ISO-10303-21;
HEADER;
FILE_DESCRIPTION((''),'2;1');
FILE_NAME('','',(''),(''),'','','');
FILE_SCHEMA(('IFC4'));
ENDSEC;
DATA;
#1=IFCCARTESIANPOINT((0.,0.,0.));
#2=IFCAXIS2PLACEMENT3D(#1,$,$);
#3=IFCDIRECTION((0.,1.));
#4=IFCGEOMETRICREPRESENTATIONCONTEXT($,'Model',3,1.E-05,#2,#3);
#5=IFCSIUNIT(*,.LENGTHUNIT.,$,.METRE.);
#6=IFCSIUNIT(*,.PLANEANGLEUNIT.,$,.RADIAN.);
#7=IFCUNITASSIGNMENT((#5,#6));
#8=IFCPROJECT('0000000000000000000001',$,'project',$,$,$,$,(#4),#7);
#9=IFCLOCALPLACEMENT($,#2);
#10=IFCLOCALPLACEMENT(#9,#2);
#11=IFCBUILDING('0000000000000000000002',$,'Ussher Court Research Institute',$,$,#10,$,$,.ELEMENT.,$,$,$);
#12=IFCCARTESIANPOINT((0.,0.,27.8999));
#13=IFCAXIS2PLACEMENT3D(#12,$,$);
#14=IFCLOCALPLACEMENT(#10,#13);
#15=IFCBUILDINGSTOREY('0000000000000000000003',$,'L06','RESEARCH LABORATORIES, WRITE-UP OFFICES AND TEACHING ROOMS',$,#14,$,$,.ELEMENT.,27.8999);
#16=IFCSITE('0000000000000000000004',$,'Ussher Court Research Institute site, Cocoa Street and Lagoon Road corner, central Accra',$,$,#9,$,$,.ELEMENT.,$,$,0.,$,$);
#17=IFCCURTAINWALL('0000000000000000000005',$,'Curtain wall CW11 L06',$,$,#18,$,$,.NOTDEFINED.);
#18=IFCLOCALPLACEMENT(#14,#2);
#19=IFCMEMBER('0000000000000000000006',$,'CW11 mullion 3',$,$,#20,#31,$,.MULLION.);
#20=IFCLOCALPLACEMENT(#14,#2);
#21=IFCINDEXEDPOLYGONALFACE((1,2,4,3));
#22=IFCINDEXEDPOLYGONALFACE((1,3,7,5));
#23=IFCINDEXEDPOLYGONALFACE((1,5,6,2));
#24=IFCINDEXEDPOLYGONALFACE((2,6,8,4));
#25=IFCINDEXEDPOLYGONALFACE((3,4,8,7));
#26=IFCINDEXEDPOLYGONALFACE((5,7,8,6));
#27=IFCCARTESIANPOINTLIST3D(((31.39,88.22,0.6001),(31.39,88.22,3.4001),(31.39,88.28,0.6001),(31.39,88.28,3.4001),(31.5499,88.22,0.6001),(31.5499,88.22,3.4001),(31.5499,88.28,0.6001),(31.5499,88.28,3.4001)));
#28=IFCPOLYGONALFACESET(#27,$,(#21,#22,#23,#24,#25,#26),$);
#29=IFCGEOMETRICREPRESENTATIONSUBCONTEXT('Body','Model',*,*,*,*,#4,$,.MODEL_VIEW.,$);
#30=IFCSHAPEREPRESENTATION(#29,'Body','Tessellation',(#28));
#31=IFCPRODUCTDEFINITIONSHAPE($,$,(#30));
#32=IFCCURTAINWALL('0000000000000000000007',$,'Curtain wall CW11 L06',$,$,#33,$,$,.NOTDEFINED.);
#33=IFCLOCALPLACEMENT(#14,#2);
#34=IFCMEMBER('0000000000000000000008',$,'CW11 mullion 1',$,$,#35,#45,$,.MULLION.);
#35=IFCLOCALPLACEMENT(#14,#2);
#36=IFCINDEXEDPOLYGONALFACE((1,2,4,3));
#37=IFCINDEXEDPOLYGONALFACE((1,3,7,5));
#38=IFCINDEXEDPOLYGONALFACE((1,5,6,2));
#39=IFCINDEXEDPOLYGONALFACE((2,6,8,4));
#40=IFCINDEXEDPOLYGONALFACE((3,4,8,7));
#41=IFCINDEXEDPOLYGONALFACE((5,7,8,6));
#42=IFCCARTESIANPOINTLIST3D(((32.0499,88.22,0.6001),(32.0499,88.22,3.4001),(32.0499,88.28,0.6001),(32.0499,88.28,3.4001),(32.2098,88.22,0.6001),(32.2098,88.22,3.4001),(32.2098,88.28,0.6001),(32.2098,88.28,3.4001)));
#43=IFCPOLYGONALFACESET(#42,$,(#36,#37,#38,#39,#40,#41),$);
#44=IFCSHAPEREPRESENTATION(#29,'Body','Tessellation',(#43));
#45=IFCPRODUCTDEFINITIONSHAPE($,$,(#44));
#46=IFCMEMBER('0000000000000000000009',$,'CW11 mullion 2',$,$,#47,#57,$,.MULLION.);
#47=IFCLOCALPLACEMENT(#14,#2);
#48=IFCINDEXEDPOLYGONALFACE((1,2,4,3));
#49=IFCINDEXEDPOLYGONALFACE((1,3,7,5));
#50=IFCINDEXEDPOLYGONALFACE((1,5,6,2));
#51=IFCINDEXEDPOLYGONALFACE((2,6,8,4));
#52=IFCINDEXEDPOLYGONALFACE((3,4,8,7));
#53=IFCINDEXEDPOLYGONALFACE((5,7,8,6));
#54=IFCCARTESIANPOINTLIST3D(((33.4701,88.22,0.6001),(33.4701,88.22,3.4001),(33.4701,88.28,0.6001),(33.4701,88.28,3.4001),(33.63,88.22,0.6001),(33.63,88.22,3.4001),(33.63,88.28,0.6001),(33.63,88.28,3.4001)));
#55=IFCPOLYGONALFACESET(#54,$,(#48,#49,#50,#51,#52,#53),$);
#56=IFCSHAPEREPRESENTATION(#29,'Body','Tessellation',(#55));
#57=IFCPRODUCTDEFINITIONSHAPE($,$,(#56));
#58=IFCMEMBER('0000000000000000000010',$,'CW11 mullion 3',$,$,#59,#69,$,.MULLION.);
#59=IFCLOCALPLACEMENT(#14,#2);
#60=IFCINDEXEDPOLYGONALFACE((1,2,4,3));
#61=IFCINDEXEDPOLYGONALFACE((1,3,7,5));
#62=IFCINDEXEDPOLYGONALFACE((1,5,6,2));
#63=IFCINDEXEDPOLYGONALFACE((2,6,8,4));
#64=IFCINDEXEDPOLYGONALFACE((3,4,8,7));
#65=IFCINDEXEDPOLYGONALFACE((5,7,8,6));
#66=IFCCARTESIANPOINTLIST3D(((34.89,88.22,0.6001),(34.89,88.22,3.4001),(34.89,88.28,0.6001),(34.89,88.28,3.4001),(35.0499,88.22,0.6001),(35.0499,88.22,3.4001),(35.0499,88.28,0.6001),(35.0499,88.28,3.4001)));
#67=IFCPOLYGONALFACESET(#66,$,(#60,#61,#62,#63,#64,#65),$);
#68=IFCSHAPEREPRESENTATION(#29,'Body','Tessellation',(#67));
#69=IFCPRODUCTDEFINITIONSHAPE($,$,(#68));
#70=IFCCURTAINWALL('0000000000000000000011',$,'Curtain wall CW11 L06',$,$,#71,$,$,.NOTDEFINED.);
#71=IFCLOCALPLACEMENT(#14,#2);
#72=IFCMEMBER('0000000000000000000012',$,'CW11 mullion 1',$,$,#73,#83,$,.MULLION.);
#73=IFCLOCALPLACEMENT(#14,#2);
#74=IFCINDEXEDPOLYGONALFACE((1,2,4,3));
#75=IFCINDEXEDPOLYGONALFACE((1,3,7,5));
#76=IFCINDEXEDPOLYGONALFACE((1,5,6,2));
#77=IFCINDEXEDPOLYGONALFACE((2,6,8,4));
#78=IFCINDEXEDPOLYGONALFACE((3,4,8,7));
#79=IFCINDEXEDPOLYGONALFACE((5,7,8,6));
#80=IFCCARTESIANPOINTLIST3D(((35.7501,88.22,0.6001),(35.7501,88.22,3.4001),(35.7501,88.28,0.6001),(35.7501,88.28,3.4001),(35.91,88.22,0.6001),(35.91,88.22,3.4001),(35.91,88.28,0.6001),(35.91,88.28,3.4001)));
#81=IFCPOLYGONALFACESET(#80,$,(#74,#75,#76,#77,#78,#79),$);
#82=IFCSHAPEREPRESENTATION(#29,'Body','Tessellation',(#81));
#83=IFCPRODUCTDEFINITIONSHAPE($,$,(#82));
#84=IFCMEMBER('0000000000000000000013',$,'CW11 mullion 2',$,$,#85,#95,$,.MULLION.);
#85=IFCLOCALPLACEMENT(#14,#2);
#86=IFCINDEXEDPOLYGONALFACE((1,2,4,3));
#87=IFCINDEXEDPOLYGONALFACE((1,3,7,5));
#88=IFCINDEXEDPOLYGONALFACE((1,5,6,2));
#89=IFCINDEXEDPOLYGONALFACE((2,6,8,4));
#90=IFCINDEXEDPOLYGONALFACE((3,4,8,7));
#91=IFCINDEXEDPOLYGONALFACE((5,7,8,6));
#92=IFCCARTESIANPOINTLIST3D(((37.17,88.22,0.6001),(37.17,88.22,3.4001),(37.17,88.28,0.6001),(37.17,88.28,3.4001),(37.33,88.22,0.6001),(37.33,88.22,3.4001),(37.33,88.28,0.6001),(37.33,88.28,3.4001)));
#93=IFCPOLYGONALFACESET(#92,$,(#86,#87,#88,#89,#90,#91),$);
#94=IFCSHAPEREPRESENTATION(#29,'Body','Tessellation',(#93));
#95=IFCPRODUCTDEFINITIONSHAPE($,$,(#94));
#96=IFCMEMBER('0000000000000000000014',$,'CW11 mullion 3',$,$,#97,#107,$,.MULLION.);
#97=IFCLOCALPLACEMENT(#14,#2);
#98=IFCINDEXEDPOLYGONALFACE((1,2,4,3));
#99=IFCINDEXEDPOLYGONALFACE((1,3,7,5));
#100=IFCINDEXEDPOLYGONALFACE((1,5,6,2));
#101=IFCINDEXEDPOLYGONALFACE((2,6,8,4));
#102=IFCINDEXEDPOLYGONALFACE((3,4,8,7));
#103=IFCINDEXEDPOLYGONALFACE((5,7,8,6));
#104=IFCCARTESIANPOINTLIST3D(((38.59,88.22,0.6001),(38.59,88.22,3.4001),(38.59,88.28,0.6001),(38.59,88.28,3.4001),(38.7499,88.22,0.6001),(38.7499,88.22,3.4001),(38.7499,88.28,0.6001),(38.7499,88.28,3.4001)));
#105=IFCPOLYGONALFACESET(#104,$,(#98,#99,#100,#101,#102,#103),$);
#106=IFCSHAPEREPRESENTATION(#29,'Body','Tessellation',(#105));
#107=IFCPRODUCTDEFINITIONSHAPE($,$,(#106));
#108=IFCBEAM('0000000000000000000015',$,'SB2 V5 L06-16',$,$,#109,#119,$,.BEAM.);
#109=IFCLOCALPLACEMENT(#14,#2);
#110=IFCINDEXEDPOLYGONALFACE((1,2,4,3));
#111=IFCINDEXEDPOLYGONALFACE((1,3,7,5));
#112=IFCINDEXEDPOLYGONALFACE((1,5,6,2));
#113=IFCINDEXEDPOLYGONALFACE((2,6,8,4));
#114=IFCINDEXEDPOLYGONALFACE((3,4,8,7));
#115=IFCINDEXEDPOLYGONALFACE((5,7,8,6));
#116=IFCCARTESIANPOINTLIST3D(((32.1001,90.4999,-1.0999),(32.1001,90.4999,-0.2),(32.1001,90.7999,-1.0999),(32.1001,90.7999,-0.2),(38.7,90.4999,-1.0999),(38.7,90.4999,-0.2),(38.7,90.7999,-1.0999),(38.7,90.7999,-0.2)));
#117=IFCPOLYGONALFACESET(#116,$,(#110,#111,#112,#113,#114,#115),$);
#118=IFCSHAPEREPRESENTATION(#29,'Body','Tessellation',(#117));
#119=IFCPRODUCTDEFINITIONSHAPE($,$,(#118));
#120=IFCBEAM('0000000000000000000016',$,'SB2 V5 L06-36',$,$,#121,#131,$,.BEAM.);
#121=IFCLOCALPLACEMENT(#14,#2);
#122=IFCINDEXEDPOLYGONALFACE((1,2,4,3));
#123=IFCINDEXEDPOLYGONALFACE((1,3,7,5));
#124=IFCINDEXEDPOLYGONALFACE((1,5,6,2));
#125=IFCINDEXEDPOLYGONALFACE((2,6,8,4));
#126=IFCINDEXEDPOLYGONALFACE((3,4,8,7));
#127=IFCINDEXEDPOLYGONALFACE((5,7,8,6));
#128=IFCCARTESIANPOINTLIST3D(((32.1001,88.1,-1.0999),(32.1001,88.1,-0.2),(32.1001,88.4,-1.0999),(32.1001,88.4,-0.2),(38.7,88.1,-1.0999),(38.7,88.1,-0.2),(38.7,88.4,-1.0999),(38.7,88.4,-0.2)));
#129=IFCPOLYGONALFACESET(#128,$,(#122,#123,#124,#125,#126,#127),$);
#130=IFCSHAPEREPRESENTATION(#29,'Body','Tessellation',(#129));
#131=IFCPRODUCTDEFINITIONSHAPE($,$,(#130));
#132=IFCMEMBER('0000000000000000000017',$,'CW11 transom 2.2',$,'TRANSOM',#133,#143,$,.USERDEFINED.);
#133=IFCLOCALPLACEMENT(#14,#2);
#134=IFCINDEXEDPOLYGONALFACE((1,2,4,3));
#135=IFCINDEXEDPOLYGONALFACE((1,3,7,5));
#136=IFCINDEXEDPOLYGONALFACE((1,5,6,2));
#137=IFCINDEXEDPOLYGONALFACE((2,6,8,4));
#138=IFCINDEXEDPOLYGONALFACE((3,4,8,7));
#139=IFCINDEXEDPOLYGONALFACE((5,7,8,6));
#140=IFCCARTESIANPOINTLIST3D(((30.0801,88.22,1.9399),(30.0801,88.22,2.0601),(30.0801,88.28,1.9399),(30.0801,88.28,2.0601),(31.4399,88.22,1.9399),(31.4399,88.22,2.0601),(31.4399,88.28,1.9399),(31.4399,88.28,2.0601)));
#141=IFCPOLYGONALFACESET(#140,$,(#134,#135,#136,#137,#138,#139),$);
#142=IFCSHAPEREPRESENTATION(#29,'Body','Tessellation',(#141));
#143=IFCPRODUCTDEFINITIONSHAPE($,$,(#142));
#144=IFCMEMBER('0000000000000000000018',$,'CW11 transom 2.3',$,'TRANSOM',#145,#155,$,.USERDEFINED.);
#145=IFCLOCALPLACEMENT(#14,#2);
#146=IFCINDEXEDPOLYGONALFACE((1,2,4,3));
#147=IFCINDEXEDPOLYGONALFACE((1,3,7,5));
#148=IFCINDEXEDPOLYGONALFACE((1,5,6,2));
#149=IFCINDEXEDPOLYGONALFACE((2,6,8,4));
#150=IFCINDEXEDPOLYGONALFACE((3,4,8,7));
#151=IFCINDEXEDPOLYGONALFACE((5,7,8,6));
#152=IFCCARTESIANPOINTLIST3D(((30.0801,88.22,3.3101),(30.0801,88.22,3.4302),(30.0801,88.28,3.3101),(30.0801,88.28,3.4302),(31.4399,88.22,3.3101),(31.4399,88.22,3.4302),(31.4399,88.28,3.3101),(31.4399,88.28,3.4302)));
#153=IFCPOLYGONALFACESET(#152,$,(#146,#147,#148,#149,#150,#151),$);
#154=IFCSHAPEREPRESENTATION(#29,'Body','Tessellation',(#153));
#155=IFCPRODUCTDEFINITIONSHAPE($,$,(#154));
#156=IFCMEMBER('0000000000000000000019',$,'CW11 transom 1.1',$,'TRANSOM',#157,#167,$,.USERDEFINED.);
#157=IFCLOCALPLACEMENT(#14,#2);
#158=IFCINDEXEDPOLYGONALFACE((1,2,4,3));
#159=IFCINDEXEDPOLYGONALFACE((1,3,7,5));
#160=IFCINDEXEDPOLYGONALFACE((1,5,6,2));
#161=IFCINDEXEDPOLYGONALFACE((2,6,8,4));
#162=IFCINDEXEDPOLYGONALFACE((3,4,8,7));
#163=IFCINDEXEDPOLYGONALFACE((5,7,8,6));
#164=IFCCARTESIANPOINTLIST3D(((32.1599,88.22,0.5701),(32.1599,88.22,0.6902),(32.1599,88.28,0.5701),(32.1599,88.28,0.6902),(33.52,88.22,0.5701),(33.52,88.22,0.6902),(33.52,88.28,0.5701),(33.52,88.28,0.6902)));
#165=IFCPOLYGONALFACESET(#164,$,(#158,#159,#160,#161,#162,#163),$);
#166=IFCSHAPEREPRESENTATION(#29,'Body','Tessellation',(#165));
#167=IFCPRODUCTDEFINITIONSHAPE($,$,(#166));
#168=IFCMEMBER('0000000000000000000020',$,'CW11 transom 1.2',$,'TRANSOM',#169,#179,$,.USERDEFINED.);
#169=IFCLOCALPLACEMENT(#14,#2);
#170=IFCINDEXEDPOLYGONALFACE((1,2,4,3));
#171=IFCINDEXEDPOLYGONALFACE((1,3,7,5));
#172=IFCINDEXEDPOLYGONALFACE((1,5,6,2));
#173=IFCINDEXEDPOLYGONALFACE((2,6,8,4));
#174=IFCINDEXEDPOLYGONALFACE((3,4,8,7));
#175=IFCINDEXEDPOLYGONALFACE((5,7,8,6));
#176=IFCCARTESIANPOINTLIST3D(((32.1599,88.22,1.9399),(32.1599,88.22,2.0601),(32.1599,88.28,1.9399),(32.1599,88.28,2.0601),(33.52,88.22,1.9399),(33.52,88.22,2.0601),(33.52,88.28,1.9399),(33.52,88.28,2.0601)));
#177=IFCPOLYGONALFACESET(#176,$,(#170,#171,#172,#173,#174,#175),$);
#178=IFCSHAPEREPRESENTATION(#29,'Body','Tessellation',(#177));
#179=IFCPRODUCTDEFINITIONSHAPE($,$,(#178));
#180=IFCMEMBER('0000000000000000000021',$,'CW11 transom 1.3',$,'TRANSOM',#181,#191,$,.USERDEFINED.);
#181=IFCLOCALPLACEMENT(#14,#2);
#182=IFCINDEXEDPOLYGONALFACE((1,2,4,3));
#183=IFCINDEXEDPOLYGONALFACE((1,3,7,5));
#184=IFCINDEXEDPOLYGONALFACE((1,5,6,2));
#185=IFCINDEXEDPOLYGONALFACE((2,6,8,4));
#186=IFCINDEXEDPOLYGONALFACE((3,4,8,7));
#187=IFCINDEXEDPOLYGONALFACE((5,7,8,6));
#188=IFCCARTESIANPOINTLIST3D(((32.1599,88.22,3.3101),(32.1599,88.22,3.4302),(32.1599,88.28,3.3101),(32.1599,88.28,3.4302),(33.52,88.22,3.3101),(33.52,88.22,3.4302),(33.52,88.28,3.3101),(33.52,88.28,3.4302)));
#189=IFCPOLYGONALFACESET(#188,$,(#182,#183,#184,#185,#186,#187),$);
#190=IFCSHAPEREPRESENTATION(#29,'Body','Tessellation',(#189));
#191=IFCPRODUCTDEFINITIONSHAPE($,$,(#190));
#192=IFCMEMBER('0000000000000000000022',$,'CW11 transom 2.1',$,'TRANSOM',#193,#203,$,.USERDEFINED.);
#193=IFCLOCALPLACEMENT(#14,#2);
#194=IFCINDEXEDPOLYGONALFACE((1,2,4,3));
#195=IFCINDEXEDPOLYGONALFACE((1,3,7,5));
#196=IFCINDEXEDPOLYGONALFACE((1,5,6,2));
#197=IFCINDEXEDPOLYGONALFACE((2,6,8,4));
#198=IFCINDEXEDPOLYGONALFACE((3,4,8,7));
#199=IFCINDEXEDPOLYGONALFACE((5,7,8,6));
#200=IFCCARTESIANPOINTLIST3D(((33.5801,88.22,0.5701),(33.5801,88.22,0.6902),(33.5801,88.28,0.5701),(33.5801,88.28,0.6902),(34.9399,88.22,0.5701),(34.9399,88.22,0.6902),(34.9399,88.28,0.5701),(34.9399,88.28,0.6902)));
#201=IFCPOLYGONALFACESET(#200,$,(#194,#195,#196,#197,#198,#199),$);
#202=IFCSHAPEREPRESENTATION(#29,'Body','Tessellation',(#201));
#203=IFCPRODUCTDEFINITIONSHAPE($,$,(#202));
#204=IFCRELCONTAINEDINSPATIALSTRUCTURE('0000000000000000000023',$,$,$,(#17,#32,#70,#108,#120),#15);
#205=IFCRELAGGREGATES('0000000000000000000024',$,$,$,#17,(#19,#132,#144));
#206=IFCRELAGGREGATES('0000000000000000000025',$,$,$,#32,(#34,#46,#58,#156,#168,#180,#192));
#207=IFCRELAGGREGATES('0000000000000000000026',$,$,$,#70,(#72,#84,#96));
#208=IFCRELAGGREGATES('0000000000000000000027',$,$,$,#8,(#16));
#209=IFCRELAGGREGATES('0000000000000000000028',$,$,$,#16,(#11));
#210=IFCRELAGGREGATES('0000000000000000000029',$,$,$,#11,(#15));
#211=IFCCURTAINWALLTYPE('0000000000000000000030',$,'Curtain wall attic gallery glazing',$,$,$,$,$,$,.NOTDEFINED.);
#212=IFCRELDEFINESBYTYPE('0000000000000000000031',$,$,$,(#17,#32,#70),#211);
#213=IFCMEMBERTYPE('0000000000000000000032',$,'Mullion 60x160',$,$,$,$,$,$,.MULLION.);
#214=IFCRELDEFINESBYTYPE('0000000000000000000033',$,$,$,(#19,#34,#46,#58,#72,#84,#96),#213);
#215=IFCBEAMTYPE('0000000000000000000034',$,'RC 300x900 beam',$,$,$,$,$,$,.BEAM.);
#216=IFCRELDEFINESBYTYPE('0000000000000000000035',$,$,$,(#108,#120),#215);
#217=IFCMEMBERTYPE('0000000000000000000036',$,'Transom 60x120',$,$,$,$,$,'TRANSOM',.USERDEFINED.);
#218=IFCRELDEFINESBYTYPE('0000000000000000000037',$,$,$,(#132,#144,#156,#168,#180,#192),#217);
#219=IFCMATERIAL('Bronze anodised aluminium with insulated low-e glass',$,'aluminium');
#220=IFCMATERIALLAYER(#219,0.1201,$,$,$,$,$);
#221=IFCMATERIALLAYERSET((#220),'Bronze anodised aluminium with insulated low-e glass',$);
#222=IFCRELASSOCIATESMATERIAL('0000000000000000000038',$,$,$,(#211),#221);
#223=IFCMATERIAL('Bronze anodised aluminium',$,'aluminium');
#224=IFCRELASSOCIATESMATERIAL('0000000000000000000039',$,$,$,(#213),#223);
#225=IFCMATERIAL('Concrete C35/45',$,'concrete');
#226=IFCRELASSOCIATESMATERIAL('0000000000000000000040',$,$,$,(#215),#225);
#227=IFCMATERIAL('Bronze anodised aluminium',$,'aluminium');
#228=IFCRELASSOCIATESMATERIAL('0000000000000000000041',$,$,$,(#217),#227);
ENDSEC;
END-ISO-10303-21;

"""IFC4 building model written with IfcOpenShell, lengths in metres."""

from ifc_helpers import new_model, si_unit, direction, frame, origin, origin_2d, place, context, subcontext, project, spatial, rectangle, extrude, material, layer, layer_set, material_profile, profile_set, type_object, element, aggregate, save


model = new_model("IFC4")

# Units and contexts
model_context = context("Model", 3, precision=1e-05, world=origin(), true_north=direction((0.0, 1.0)))
body_context = subcontext(model_context, "Body", "Model", "MODEL_VIEW")
ifc_project = project(units=[si_unit("LENGTHUNIT", "METRE"), si_unit("PLANEANGLEUNIT", "RADIAN")], contexts=[model_context])

# Site, building, storey
site_placement = place(None, origin())
site = spatial("IfcSite", under=ifc_project, at=site_placement, Name="Ussher Court Research Institute site, Cocoa Street and Lagoon Road corner, central Accra", CompositionType="ELEMENT", RefElevation=0.0)
building_placement = place(site_placement, origin())
building = spatial("IfcBuilding", under=site, at=building_placement, Name="Ussher Court Research Institute", CompositionType="ELEMENT")
storey_placement = place(building_placement, frame((0.0, 0.0, 27.8999)))
storey = spatial("IfcBuildingStorey", under=building, at=storey_placement, Name="L06", Description="RESEARCH LABORATORIES, WRITE-UP OFFICES AND TEACHING ROOMS", CompositionType="ELEMENT", Elevation=27.8999)

# Curtain wall, member
ifc_material_1 = material(Name="Bronze anodised aluminium with insulated low-e glass", Category="aluminium")
ifc_layer_1 = layer(ifc_material_1, 0.1201)
ifc_layer_set_1 = layer_set([ifc_layer_1], Name="Bronze anodised aluminium with insulated low-e glass")
curtain_wall_type = type_object("IfcCurtainWallType", Name="Curtain wall attic gallery glazing", PredefinedType="NOTDEFINED", material=ifc_layer_set_1)
curtain_wall_1_placement = place(storey_placement, origin())
curtain_wall_1 = element("IfcCurtainWall", 1, at=curtain_wall_1_placement, inside=storey, type_object=curtain_wall_type, Name="Curtain wall CW11 L06", PredefinedType="NOTDEFINED")
ifc_material_2 = material(Name="Bronze anodised aluminium", Category="aluminium")
ifc_material_profile_1 = material_profile(ifc_material_2, rectangle(XDim=0.0601, YDim=0.1599, at=origin_2d()), Name="Mullion 60x160")
ifc_profile_set_1 = profile_set([ifc_material_profile_1], Name="Bronze anodised aluminium")
member_type_1 = type_object("IfcMemberType", Name="Mullion 60x160", PredefinedType="MULLION", material=ifc_profile_set_1)
member_1_placement = place(storey_placement, frame((31.47, 88.25, 0.6001), z_axis=(0.0, 0.0, 1.0), x_axis=(0.0, 1.0, 0.0)))
member_1 = element("IfcMember", 2, at=member_1_placement, type_object=member_type_1, Name="CW11 mullion 3", PredefinedType="MULLION", context=body_context, shape_type="SweptSolid", body=[
    extrude(rectangle(XDim=0.0601, YDim=0.1599, at=origin_2d()), origin(), (0.0, 0.0, 1.0), 2.8),
])

# Curtain walls, members
curtain_wall_2_placement = place(storey_placement, origin())
curtain_wall_2 = element("IfcCurtainWall", 3, at=curtain_wall_2_placement, inside=storey, type_object=curtain_wall_type, Name="Curtain wall CW11 L06", PredefinedType="NOTDEFINED")
member_2_placement = place(storey_placement, frame((32.1299, 88.25, 0.6001), z_axis=(0.0, 0.0, 1.0), x_axis=(0.0, 1.0, 0.0)))
member_2 = element("IfcMember", 4, at=member_2_placement, type_object=member_type_1, Name="CW11 mullion 1", PredefinedType="MULLION", context=body_context, shape_type="SweptSolid", body=[
    extrude(rectangle(XDim=0.0601, YDim=0.1599, at=origin_2d()), origin(), (0.0, 0.0, 1.0), 2.8),
])
member_3_placement = place(storey_placement, frame((33.55, 88.25, 0.6001), z_axis=(0.0, 0.0, 1.0), x_axis=(0.0, 1.0, 0.0)))
member_3 = element("IfcMember", 5, at=member_3_placement, type_object=member_type_1, Name="CW11 mullion 2", PredefinedType="MULLION", context=body_context, shape_type="SweptSolid", body=[
    extrude(rectangle(XDim=0.0601, YDim=0.1599, at=origin_2d()), origin(), (0.0, 0.0, 1.0), 2.8),
])
member_4_placement = place(storey_placement, frame((34.97, 88.25, 0.6001), z_axis=(0.0, 0.0, 1.0), x_axis=(0.0, 1.0, 0.0)))
member_4 = element("IfcMember", 6, at=member_4_placement, type_object=member_type_1, Name="CW11 mullion 3", PredefinedType="MULLION", context=body_context, shape_type="SweptSolid", body=[
    extrude(rectangle(XDim=0.0601, YDim=0.1599, at=origin_2d()), origin(), (0.0, 0.0, 1.0), 2.8),
])
curtain_wall_3_placement = place(storey_placement, origin())
curtain_wall_3 = element("IfcCurtainWall", 7, at=curtain_wall_3_placement, inside=storey, type_object=curtain_wall_type, Name="Curtain wall CW11 L06", PredefinedType="NOTDEFINED")
member_5_placement = place(storey_placement, frame((35.8301, 88.25, 0.6001), z_axis=(0.0, 0.0, 1.0), x_axis=(0.0, 1.0, 0.0)))
member_5 = element("IfcMember", 8, at=member_5_placement, type_object=member_type_1, Name="CW11 mullion 1", PredefinedType="MULLION", context=body_context, shape_type="SweptSolid", body=[
    extrude(rectangle(XDim=0.0601, YDim=0.1599, at=origin_2d()), origin(), (0.0, 0.0, 1.0), 2.8),
])
member_6_placement = place(storey_placement, frame((37.25, 88.25, 0.6001), z_axis=(0.0, 0.0, 1.0), x_axis=(0.0, 1.0, 0.0)))
member_6 = element("IfcMember", 9, at=member_6_placement, type_object=member_type_1, Name="CW11 mullion 2", PredefinedType="MULLION", context=body_context, shape_type="SweptSolid", body=[
    extrude(rectangle(XDim=0.0601, YDim=0.1599, at=origin_2d()), origin(), (0.0, 0.0, 1.0), 2.8),
])
member_7_placement = place(storey_placement, frame((38.6699, 88.25, 0.6001), z_axis=(0.0, 0.0, 1.0), x_axis=(0.0, 1.0, 0.0)))
member_7 = element("IfcMember", 10, at=member_7_placement, type_object=member_type_1, Name="CW11 mullion 3", PredefinedType="MULLION", context=body_context, shape_type="SweptSolid", body=[
    extrude(rectangle(XDim=0.0601, YDim=0.1599, at=origin_2d()), origin(), (0.0, 0.0, 1.0), 2.8),
])

# Beams
ifc_material_3 = material(Name="Concrete C35/45", Category="concrete")
ifc_material_profile_2 = material_profile(ifc_material_3, rectangle(XDim=0.3, YDim=0.8999, at=origin_2d()), Name="RC 300x900")
ifc_profile_set_2 = profile_set([ifc_material_profile_2], Name="Concrete C35/45")
beam_type = type_object("IfcBeamType", Name="RC 300x900 beam", PredefinedType="BEAM", material=ifc_profile_set_2)
for number, where, z_axis, x_axis, name in (
    (11, (32.1001, 90.6499, -0.6499), (1.0, 0.0, 0.0), (0.0, 1.0, 0.0), "SB2 V5 L06-16"),
    (12, (32.1001, 88.25, -0.6499), (1.0, 0.0, 0.0), (0.0, 1.0, 0.0), "SB2 V5 L06-36"),
):
    element("IfcBeam", number, at=place(storey_placement, frame(where, z_axis=z_axis, x_axis=x_axis)), inside=storey, type_object=beam_type, Name=name, PredefinedType="BEAM", context=body_context, shape_type="SweptSolid", body=[
        extrude(rectangle(XDim=0.3, YDim=0.8999, at=origin_2d()), origin(), (0.0, 0.0, 1.0), 6.5999),
    ])

# Members
ifc_material_4 = material(Name="Bronze anodised aluminium", Category="aluminium")
ifc_material_profile_3 = material_profile(ifc_material_4, rectangle(XDim=0.0601, YDim=0.1201, at=origin_2d()), Name="Transom 60x120")
ifc_profile_set_3 = profile_set([ifc_material_profile_3], Name="Bronze anodised aluminium")
member_type_2 = type_object("IfcMemberType", Name="Transom 60x120", ElementType="TRANSOM", PredefinedType="USERDEFINED", material=ifc_profile_set_3)
member_8_placement = place(storey_placement, frame((30.0801, 88.25, 2.0), z_axis=(1.0, 0.0, 0.0), x_axis=(0.0, 1.0, 0.0)))
member_8 = element("IfcMember", 13, at=member_8_placement, type_object=member_type_2, Name="CW11 transom 2.2", ObjectType="TRANSOM", PredefinedType="USERDEFINED", context=body_context, shape_type="SweptSolid", body=[
    extrude(rectangle(XDim=0.0601, YDim=0.1201, at=origin_2d()), origin(), (0.0, 0.0, 1.0), 1.3599),
])
member_9_placement = place(storey_placement, frame((30.0801, 88.25, 3.3701), z_axis=(1.0, 0.0, 0.0), x_axis=(0.0, 1.0, 0.0)))
member_9 = element("IfcMember", 14, at=member_9_placement, type_object=member_type_2, Name="CW11 transom 2.3", ObjectType="TRANSOM", PredefinedType="USERDEFINED", context=body_context, shape_type="SweptSolid", body=[
    extrude(rectangle(XDim=0.0601, YDim=0.1201, at=origin_2d()), origin(), (0.0, 0.0, 1.0), 1.3599),
])
member_10_placement = place(storey_placement, frame((32.1599, 88.25, 0.6301), z_axis=(1.0, 0.0, 0.0), x_axis=(0.0, 1.0, 0.0)))
member_10 = element("IfcMember", 15, at=member_10_placement, type_object=member_type_2, Name="CW11 transom 1.1", ObjectType="TRANSOM", PredefinedType="USERDEFINED", context=body_context, shape_type="SweptSolid", body=[
    extrude(rectangle(XDim=0.0601, YDim=0.1201, at=origin_2d()), origin(), (0.0, 0.0, 1.0), 1.3601),
])
member_11_placement = place(storey_placement, frame((32.1599, 88.25, 2.0), z_axis=(1.0, 0.0, 0.0), x_axis=(0.0, 1.0, 0.0)))
member_11 = element("IfcMember", 16, at=member_11_placement, type_object=member_type_2, Name="CW11 transom 1.2", ObjectType="TRANSOM", PredefinedType="USERDEFINED", context=body_context, shape_type="SweptSolid", body=[
    extrude(rectangle(XDim=0.0601, YDim=0.1201, at=origin_2d()), origin(), (0.0, 0.0, 1.0), 1.3601),
])
member_12_placement = place(storey_placement, frame((32.1599, 88.25, 3.3701), z_axis=(1.0, 0.0, 0.0), x_axis=(0.0, 1.0, 0.0)))
member_12 = element("IfcMember", 17, at=member_12_placement, type_object=member_type_2, Name="CW11 transom 1.3", ObjectType="TRANSOM", PredefinedType="USERDEFINED", context=body_context, shape_type="SweptSolid", body=[
    extrude(rectangle(XDim=0.0601, YDim=0.1201, at=origin_2d()), origin(), (0.0, 0.0, 1.0), 1.3601),
])
member_13_placement = place(storey_placement, frame((33.5801, 88.25, 0.6301), z_axis=(1.0, 0.0, 0.0), x_axis=(0.0, 1.0, 0.0)))
member_13 = element("IfcMember", 18, at=member_13_placement, type_object=member_type_2, Name="CW11 transom 2.1", ObjectType="TRANSOM", PredefinedType="USERDEFINED", context=body_context, shape_type="SweptSolid", body=[
    extrude(rectangle(XDim=0.0601, YDim=0.1201, at=origin_2d()), origin(), (0.0, 0.0, 1.0), 1.3599),
])

aggregate(curtain_wall_1, [member_1, member_8, member_9])
aggregate(curtain_wall_2, [member_2, member_3, member_4, member_10, member_11, member_12, member_13])
aggregate(curtain_wall_3, [member_5, member_6, member_7])

save(model, "model.ifc")
